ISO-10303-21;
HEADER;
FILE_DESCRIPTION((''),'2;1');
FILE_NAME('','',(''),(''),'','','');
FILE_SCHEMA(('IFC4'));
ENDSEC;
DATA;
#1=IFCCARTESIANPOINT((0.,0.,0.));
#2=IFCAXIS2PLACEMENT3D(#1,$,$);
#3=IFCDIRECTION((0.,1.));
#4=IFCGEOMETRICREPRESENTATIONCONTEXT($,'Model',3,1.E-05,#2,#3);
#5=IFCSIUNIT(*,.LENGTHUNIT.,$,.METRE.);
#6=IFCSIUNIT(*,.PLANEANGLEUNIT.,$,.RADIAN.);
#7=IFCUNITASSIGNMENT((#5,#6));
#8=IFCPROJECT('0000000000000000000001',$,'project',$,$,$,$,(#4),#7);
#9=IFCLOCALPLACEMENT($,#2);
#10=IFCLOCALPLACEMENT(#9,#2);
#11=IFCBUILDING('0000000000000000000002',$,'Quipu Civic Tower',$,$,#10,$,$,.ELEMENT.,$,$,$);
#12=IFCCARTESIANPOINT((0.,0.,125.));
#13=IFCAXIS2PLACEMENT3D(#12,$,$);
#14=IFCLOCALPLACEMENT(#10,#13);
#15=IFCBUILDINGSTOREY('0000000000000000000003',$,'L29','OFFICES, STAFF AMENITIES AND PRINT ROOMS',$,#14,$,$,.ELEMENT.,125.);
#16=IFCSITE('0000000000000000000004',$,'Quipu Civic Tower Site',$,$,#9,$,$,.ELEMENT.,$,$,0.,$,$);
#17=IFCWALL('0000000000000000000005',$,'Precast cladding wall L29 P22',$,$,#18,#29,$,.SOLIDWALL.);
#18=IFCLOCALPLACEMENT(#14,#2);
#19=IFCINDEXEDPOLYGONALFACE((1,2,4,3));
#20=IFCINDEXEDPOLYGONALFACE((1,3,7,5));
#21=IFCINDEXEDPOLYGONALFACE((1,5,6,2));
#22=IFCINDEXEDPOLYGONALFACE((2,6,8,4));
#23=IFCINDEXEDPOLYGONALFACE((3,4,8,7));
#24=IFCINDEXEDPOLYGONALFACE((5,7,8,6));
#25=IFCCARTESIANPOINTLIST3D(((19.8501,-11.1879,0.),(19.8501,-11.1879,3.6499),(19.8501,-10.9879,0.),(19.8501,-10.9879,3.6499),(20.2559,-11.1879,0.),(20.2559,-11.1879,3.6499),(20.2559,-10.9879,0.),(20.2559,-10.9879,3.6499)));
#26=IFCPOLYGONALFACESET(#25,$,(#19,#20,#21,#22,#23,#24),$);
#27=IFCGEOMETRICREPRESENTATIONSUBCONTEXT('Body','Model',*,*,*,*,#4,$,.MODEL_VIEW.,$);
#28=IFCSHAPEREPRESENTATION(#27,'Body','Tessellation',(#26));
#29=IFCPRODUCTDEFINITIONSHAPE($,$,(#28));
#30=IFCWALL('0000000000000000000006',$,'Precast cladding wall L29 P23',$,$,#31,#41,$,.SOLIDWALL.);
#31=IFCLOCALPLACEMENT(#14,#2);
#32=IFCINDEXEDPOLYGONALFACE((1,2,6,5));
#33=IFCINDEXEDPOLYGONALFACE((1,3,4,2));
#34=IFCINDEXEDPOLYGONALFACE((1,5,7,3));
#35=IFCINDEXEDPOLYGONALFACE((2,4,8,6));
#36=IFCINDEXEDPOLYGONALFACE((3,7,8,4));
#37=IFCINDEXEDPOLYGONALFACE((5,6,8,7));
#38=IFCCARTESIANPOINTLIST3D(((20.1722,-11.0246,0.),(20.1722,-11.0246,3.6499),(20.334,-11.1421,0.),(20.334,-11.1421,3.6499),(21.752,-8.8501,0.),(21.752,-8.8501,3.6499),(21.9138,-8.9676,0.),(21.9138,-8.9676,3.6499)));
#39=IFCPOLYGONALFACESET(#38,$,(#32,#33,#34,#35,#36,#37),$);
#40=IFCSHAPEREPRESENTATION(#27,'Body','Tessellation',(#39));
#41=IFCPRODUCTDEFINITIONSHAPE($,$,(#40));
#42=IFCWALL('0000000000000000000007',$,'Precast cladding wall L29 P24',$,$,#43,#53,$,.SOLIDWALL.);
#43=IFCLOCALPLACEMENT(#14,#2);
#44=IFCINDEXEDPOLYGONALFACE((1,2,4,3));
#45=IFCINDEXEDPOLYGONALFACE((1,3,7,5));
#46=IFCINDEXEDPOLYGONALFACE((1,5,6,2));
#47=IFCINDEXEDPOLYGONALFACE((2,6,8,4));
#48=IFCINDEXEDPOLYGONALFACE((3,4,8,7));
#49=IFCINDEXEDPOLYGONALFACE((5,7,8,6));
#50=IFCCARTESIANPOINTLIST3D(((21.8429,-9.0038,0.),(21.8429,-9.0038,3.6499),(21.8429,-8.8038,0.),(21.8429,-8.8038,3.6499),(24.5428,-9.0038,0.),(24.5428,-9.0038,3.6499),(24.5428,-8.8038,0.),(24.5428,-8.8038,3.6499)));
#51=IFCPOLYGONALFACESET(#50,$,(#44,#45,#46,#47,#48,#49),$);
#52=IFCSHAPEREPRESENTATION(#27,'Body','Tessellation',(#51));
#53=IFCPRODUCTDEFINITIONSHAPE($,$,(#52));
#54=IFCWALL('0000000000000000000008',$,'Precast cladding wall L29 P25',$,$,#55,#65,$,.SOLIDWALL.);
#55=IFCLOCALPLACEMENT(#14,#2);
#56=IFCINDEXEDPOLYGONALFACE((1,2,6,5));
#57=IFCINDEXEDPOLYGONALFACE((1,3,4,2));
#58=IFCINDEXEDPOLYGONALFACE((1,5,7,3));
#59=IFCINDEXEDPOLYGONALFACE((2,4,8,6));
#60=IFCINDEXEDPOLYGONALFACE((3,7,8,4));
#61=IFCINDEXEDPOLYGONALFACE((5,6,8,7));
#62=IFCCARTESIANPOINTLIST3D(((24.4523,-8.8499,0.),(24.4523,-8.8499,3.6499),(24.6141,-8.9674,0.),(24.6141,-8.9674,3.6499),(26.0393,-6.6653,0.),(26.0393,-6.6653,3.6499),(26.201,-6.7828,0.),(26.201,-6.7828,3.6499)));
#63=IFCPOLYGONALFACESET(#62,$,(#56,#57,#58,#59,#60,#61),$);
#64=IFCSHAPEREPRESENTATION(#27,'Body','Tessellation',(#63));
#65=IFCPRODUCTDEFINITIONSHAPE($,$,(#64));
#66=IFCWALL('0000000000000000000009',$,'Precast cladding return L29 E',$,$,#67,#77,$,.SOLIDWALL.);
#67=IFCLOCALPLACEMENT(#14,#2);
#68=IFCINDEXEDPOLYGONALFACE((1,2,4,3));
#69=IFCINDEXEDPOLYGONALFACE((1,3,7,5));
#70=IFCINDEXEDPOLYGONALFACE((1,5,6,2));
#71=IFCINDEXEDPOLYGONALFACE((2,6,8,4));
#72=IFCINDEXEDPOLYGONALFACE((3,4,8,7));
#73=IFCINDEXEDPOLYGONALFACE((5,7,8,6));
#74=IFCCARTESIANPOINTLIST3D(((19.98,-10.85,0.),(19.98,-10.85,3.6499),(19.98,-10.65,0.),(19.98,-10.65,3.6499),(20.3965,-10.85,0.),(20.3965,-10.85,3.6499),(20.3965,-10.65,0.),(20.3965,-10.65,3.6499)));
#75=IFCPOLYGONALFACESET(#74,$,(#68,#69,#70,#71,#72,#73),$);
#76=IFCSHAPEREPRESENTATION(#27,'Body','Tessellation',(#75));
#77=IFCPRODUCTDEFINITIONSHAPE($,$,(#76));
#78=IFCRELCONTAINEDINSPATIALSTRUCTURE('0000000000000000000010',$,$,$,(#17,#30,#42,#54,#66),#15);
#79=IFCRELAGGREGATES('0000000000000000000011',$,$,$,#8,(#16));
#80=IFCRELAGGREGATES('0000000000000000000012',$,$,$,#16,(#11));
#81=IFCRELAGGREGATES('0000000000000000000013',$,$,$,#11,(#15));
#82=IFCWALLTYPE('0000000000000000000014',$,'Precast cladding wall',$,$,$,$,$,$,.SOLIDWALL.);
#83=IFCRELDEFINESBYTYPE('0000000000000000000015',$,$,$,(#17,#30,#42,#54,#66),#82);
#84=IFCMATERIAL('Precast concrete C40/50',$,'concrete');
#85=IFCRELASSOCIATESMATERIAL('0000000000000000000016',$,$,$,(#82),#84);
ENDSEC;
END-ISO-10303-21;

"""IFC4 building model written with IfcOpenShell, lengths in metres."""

from ifc_helpers import new_model, si_unit, direction, frame, frame_2d, origin, place, context, subcontext, project, spatial, rectangle, extrude, material, type_object, element, save


model = new_model("IFC4")

# Units and contexts
model_context = context("Model", 3, precision=1e-05, world=origin(), true_north=direction((0.0, 1.0)))
body_context = subcontext(model_context, "Body", "Model", "MODEL_VIEW")
ifc_project = project(units=[si_unit("LENGTHUNIT", "METRE"), si_unit("PLANEANGLEUNIT", "RADIAN")], contexts=[model_context])

# Site, building, storey
site_placement = place(None, origin())
site = spatial("IfcSite", under=ifc_project, at=site_placement, Name="Quipu Civic Tower Site", CompositionType="ELEMENT", RefElevation=0.0)
building_placement = place(site_placement, origin())
building = spatial("IfcBuilding", under=site, at=building_placement, Name="Quipu Civic Tower", CompositionType="ELEMENT")
storey_placement = place(building_placement, frame((0.0, 0.0, 125.0)))
storey = spatial("IfcBuildingStorey", under=building, at=storey_placement, Name="L29", Description="OFFICES, STAFF AMENITIES AND PRINT ROOMS", CompositionType="ELEMENT", Elevation=125.0)

# Walls
ifc_material_1 = material(Name="Precast concrete C40/50", Category="concrete")
wall_type_1 = type_object("IfcWallType", Name="Precast cladding wall", PredefinedType="SOLIDWALL", material=ifc_material_1)
wall_1_placement = place(storey_placement, frame((19.8501, -11.0879, 0.0), z_axis=(0.0, 0.0, 1.0), x_axis=(1.0, 0.0, 0.0)))
element("IfcWall", 1, at=wall_1_placement, inside=storey, type_object=wall_type_1, Name="Precast cladding wall L29 P22", PredefinedType="SOLIDWALL", context=body_context, shape_type="SweptSolid", body=[
    extrude(rectangle(XDim=0.4058, YDim=0.2, at=frame_2d((0.2029, 0.0))), origin(), (0.0, 0.0, 1.0), 3.6499),
])
wall_2_placement = place(storey_placement, frame((20.2532, -11.0833, 0.0), z_axis=(0.0, 0.0, 1.0), x_axis=(0.587767, 0.809031, 0.0)))
element("IfcWall", 2, at=wall_2_placement, inside=storey, type_object=wall_type_1, Name="Precast cladding wall L29 P23", PredefinedType="SOLIDWALL", context=body_context, shape_type="SweptSolid", body=[
    extrude(rectangle(XDim=2.6877, YDim=0.2, at=frame_2d((1.3438, 0.0))), origin(), (0.0, 0.0, 1.0), 3.6499),
])
wall_3_placement = place(storey_placement, frame((21.8428, -8.9038, 0.0), z_axis=(0.0, 0.0, 1.0), x_axis=(1.0, 0.0, 0.0)))
element("IfcWall", 3, at=wall_3_placement, inside=storey, type_object=wall_type_1, Name="Precast cladding wall L29 P24", PredefinedType="SOLIDWALL", context=body_context, shape_type="SweptSolid", body=[
    extrude(rectangle(XDim=2.7, YDim=0.2, at=frame_2d((1.3501, 0.0))), origin(), (0.0, 0.0, 1.0), 3.6499),
])
wall_4_placement = place(storey_placement, frame((24.5332, -8.9087, 0.0), z_axis=(0.0, 0.0, 1.0), x_axis=(0.58772, 0.809064, 0.0)))
element("IfcWall", 4, at=wall_4_placement, inside=storey, type_object=wall_type_1, Name="Precast cladding wall L29 P25", PredefinedType="SOLIDWALL", context=body_context, shape_type="SweptSolid", body=[
    extrude(rectangle(XDim=2.7002, YDim=0.2, at=frame_2d((1.3501, 0.0))), origin(), (0.0, 0.0, 1.0), 3.6499),
])
wall_5_placement = place(storey_placement, frame((19.98, -10.75, 0.0), z_axis=(0.0, 0.0, 1.0), x_axis=(1.0, 0.0, 0.0)))
element("IfcWall", 5, at=wall_5_placement, inside=storey, type_object=wall_type_1, Name="Precast cladding return L29 E", PredefinedType="SOLIDWALL", context=body_context, shape_type="SweptSolid", body=[
    extrude(rectangle(XDim=0.4165, YDim=0.2, at=frame_2d((0.2083, 0.0))), origin(), (0.0, 0.0, 1.0), 3.6499),
])

save(model, "model.ifc")
